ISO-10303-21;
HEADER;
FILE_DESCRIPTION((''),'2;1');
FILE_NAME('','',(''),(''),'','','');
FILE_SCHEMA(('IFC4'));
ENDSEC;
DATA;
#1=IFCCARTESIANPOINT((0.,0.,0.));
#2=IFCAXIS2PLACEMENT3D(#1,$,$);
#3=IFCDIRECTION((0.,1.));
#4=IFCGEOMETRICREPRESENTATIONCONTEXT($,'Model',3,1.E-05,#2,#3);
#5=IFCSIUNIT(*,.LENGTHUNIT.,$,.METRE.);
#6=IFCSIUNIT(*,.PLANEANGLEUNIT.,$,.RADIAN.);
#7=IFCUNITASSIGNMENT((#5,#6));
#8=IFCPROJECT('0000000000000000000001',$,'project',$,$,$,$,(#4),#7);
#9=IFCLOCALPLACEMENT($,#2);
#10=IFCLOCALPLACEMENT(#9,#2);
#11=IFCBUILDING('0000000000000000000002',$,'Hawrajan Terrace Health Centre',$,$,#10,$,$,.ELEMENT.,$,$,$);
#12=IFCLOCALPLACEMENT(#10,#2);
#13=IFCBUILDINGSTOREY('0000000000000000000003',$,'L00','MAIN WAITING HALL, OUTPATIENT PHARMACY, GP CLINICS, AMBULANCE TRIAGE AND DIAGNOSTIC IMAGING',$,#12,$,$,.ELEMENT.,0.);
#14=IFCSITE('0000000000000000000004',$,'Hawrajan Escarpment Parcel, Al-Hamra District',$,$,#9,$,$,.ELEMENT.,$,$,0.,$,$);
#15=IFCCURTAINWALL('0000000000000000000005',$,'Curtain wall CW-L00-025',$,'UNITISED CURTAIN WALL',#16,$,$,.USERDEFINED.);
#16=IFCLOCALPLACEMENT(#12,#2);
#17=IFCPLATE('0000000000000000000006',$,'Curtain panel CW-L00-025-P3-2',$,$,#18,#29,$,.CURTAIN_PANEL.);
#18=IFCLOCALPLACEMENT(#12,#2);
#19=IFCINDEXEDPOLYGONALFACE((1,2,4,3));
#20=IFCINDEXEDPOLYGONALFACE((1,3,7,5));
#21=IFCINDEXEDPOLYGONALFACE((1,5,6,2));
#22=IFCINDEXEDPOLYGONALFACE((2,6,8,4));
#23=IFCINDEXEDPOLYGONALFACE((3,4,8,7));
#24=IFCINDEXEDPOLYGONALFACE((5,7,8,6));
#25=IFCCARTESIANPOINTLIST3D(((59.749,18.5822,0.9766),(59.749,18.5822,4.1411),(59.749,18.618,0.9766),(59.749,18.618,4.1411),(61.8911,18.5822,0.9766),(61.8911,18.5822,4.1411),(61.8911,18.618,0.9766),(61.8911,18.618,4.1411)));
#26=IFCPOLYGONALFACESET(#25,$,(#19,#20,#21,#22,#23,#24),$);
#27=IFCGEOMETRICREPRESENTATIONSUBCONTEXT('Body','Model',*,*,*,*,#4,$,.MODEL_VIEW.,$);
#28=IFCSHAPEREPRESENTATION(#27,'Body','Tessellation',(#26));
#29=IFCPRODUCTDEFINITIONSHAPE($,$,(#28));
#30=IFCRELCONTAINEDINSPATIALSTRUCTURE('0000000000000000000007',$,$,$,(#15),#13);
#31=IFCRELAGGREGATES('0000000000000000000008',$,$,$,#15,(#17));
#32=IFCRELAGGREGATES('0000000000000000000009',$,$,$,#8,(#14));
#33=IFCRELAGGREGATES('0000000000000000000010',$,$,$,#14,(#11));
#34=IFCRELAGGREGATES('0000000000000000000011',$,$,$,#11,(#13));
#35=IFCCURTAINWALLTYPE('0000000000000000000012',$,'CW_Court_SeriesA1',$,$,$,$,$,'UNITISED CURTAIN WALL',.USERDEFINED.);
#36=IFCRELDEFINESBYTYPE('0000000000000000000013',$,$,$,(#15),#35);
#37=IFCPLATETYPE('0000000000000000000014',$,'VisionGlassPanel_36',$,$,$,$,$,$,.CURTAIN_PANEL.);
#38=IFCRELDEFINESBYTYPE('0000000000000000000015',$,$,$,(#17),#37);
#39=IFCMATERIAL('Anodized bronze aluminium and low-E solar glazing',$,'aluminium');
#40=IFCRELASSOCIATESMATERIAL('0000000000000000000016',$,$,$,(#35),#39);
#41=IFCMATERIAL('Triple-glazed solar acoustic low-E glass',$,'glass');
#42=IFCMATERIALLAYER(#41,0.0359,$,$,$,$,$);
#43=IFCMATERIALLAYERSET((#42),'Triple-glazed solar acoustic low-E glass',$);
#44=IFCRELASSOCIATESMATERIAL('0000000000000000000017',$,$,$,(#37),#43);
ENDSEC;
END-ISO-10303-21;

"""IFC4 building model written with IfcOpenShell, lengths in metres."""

from ifc_helpers import new_model, si_unit, direction, frame, origin, origin_2d, place, context, subcontext, project, spatial, rectangle, extrude, material, layer, layer_set, type_object, element, aggregate, save


model = new_model("IFC4")

# Units and contexts
model_context = context("Model", 3, precision=1e-05, world=origin(), true_north=direction((0.0, 1.0)))
body_context = subcontext(model_context, "Body", "Model", "MODEL_VIEW")
ifc_project = project(units=[si_unit("LENGTHUNIT", "METRE"), si_unit("PLANEANGLEUNIT", "RADIAN")], contexts=[model_context])

# Site, building, storey
site_placement = place(None, origin())
site = spatial("IfcSite", under=ifc_project, at=site_placement, Name="Hawrajan Escarpment Parcel, Al-Hamra District", CompositionType="ELEMENT", RefElevation=0.0)
building_placement = place(site_placement, origin())
building = spatial("IfcBuilding", under=site, at=building_placement, Name="Hawrajan Terrace Health Centre", CompositionType="ELEMENT")
storey_placement = place(building_placement, origin())
storey = spatial("IfcBuildingStorey", under=building, at=storey_placement, Name="L00", Description="MAIN WAITING HALL, OUTPATIENT PHARMACY, GP CLINICS, AMBULANCE TRIAGE AND DIAGNOSTIC IMAGING", CompositionType="ELEMENT", Elevation=0.0)

# Curtain wall
ifc_material_1 = material(Name="Anodized bronze aluminium and low-E solar glazing", Category="aluminium")
curtain_wall_type_1 = type_object("IfcCurtainWallType", Name="CW_Court_SeriesA1", ElementType="UNITISED CURTAIN WALL", PredefinedType="USERDEFINED", material=ifc_material_1)
curtain_wall_1_placement = place(storey_placement, origin())
curtain_wall_1 = element("IfcCurtainWall", 1, at=curtain_wall_1_placement, inside=storey, type_object=curtain_wall_type_1, Name="Curtain wall CW-L00-025", ObjectType="UNITISED CURTAIN WALL", PredefinedType="USERDEFINED")

# Plate
ifc_material_2 = material(Name="Triple-glazed solar acoustic low-E glass", Category="glass")
ifc_layer_1 = layer(ifc_material_2, 0.0359)
ifc_layer_set_1 = layer_set([ifc_layer_1], Name="Triple-glazed solar acoustic low-E glass")
plate_type_1 = type_object("IfcPlateType", Name="VisionGlassPanel_36", PredefinedType="CURTAIN_PANEL", material=ifc_layer_set_1)
plate_1_placement = place(storey_placement, frame((60.8201, 18.6001, 0.9766), z_axis=(0.0, 0.0, 1.0), x_axis=(1.0, 0.0, 0.0)))
plate_1 = element("IfcPlate", 2, at=plate_1_placement, type_object=plate_type_1, Name="Curtain panel CW-L00-025-P3-2", PredefinedType="CURTAIN_PANEL", context=body_context, shape_type="SweptSolid", body=[
    extrude(rectangle(XDim=2.1421, YDim=0.0359, at=origin_2d()), origin(), (0.0, 0.0, 1.0), 3.1646),
])
aggregate(curtain_wall_1, [plate_1])

save(model, "model.ifc")
